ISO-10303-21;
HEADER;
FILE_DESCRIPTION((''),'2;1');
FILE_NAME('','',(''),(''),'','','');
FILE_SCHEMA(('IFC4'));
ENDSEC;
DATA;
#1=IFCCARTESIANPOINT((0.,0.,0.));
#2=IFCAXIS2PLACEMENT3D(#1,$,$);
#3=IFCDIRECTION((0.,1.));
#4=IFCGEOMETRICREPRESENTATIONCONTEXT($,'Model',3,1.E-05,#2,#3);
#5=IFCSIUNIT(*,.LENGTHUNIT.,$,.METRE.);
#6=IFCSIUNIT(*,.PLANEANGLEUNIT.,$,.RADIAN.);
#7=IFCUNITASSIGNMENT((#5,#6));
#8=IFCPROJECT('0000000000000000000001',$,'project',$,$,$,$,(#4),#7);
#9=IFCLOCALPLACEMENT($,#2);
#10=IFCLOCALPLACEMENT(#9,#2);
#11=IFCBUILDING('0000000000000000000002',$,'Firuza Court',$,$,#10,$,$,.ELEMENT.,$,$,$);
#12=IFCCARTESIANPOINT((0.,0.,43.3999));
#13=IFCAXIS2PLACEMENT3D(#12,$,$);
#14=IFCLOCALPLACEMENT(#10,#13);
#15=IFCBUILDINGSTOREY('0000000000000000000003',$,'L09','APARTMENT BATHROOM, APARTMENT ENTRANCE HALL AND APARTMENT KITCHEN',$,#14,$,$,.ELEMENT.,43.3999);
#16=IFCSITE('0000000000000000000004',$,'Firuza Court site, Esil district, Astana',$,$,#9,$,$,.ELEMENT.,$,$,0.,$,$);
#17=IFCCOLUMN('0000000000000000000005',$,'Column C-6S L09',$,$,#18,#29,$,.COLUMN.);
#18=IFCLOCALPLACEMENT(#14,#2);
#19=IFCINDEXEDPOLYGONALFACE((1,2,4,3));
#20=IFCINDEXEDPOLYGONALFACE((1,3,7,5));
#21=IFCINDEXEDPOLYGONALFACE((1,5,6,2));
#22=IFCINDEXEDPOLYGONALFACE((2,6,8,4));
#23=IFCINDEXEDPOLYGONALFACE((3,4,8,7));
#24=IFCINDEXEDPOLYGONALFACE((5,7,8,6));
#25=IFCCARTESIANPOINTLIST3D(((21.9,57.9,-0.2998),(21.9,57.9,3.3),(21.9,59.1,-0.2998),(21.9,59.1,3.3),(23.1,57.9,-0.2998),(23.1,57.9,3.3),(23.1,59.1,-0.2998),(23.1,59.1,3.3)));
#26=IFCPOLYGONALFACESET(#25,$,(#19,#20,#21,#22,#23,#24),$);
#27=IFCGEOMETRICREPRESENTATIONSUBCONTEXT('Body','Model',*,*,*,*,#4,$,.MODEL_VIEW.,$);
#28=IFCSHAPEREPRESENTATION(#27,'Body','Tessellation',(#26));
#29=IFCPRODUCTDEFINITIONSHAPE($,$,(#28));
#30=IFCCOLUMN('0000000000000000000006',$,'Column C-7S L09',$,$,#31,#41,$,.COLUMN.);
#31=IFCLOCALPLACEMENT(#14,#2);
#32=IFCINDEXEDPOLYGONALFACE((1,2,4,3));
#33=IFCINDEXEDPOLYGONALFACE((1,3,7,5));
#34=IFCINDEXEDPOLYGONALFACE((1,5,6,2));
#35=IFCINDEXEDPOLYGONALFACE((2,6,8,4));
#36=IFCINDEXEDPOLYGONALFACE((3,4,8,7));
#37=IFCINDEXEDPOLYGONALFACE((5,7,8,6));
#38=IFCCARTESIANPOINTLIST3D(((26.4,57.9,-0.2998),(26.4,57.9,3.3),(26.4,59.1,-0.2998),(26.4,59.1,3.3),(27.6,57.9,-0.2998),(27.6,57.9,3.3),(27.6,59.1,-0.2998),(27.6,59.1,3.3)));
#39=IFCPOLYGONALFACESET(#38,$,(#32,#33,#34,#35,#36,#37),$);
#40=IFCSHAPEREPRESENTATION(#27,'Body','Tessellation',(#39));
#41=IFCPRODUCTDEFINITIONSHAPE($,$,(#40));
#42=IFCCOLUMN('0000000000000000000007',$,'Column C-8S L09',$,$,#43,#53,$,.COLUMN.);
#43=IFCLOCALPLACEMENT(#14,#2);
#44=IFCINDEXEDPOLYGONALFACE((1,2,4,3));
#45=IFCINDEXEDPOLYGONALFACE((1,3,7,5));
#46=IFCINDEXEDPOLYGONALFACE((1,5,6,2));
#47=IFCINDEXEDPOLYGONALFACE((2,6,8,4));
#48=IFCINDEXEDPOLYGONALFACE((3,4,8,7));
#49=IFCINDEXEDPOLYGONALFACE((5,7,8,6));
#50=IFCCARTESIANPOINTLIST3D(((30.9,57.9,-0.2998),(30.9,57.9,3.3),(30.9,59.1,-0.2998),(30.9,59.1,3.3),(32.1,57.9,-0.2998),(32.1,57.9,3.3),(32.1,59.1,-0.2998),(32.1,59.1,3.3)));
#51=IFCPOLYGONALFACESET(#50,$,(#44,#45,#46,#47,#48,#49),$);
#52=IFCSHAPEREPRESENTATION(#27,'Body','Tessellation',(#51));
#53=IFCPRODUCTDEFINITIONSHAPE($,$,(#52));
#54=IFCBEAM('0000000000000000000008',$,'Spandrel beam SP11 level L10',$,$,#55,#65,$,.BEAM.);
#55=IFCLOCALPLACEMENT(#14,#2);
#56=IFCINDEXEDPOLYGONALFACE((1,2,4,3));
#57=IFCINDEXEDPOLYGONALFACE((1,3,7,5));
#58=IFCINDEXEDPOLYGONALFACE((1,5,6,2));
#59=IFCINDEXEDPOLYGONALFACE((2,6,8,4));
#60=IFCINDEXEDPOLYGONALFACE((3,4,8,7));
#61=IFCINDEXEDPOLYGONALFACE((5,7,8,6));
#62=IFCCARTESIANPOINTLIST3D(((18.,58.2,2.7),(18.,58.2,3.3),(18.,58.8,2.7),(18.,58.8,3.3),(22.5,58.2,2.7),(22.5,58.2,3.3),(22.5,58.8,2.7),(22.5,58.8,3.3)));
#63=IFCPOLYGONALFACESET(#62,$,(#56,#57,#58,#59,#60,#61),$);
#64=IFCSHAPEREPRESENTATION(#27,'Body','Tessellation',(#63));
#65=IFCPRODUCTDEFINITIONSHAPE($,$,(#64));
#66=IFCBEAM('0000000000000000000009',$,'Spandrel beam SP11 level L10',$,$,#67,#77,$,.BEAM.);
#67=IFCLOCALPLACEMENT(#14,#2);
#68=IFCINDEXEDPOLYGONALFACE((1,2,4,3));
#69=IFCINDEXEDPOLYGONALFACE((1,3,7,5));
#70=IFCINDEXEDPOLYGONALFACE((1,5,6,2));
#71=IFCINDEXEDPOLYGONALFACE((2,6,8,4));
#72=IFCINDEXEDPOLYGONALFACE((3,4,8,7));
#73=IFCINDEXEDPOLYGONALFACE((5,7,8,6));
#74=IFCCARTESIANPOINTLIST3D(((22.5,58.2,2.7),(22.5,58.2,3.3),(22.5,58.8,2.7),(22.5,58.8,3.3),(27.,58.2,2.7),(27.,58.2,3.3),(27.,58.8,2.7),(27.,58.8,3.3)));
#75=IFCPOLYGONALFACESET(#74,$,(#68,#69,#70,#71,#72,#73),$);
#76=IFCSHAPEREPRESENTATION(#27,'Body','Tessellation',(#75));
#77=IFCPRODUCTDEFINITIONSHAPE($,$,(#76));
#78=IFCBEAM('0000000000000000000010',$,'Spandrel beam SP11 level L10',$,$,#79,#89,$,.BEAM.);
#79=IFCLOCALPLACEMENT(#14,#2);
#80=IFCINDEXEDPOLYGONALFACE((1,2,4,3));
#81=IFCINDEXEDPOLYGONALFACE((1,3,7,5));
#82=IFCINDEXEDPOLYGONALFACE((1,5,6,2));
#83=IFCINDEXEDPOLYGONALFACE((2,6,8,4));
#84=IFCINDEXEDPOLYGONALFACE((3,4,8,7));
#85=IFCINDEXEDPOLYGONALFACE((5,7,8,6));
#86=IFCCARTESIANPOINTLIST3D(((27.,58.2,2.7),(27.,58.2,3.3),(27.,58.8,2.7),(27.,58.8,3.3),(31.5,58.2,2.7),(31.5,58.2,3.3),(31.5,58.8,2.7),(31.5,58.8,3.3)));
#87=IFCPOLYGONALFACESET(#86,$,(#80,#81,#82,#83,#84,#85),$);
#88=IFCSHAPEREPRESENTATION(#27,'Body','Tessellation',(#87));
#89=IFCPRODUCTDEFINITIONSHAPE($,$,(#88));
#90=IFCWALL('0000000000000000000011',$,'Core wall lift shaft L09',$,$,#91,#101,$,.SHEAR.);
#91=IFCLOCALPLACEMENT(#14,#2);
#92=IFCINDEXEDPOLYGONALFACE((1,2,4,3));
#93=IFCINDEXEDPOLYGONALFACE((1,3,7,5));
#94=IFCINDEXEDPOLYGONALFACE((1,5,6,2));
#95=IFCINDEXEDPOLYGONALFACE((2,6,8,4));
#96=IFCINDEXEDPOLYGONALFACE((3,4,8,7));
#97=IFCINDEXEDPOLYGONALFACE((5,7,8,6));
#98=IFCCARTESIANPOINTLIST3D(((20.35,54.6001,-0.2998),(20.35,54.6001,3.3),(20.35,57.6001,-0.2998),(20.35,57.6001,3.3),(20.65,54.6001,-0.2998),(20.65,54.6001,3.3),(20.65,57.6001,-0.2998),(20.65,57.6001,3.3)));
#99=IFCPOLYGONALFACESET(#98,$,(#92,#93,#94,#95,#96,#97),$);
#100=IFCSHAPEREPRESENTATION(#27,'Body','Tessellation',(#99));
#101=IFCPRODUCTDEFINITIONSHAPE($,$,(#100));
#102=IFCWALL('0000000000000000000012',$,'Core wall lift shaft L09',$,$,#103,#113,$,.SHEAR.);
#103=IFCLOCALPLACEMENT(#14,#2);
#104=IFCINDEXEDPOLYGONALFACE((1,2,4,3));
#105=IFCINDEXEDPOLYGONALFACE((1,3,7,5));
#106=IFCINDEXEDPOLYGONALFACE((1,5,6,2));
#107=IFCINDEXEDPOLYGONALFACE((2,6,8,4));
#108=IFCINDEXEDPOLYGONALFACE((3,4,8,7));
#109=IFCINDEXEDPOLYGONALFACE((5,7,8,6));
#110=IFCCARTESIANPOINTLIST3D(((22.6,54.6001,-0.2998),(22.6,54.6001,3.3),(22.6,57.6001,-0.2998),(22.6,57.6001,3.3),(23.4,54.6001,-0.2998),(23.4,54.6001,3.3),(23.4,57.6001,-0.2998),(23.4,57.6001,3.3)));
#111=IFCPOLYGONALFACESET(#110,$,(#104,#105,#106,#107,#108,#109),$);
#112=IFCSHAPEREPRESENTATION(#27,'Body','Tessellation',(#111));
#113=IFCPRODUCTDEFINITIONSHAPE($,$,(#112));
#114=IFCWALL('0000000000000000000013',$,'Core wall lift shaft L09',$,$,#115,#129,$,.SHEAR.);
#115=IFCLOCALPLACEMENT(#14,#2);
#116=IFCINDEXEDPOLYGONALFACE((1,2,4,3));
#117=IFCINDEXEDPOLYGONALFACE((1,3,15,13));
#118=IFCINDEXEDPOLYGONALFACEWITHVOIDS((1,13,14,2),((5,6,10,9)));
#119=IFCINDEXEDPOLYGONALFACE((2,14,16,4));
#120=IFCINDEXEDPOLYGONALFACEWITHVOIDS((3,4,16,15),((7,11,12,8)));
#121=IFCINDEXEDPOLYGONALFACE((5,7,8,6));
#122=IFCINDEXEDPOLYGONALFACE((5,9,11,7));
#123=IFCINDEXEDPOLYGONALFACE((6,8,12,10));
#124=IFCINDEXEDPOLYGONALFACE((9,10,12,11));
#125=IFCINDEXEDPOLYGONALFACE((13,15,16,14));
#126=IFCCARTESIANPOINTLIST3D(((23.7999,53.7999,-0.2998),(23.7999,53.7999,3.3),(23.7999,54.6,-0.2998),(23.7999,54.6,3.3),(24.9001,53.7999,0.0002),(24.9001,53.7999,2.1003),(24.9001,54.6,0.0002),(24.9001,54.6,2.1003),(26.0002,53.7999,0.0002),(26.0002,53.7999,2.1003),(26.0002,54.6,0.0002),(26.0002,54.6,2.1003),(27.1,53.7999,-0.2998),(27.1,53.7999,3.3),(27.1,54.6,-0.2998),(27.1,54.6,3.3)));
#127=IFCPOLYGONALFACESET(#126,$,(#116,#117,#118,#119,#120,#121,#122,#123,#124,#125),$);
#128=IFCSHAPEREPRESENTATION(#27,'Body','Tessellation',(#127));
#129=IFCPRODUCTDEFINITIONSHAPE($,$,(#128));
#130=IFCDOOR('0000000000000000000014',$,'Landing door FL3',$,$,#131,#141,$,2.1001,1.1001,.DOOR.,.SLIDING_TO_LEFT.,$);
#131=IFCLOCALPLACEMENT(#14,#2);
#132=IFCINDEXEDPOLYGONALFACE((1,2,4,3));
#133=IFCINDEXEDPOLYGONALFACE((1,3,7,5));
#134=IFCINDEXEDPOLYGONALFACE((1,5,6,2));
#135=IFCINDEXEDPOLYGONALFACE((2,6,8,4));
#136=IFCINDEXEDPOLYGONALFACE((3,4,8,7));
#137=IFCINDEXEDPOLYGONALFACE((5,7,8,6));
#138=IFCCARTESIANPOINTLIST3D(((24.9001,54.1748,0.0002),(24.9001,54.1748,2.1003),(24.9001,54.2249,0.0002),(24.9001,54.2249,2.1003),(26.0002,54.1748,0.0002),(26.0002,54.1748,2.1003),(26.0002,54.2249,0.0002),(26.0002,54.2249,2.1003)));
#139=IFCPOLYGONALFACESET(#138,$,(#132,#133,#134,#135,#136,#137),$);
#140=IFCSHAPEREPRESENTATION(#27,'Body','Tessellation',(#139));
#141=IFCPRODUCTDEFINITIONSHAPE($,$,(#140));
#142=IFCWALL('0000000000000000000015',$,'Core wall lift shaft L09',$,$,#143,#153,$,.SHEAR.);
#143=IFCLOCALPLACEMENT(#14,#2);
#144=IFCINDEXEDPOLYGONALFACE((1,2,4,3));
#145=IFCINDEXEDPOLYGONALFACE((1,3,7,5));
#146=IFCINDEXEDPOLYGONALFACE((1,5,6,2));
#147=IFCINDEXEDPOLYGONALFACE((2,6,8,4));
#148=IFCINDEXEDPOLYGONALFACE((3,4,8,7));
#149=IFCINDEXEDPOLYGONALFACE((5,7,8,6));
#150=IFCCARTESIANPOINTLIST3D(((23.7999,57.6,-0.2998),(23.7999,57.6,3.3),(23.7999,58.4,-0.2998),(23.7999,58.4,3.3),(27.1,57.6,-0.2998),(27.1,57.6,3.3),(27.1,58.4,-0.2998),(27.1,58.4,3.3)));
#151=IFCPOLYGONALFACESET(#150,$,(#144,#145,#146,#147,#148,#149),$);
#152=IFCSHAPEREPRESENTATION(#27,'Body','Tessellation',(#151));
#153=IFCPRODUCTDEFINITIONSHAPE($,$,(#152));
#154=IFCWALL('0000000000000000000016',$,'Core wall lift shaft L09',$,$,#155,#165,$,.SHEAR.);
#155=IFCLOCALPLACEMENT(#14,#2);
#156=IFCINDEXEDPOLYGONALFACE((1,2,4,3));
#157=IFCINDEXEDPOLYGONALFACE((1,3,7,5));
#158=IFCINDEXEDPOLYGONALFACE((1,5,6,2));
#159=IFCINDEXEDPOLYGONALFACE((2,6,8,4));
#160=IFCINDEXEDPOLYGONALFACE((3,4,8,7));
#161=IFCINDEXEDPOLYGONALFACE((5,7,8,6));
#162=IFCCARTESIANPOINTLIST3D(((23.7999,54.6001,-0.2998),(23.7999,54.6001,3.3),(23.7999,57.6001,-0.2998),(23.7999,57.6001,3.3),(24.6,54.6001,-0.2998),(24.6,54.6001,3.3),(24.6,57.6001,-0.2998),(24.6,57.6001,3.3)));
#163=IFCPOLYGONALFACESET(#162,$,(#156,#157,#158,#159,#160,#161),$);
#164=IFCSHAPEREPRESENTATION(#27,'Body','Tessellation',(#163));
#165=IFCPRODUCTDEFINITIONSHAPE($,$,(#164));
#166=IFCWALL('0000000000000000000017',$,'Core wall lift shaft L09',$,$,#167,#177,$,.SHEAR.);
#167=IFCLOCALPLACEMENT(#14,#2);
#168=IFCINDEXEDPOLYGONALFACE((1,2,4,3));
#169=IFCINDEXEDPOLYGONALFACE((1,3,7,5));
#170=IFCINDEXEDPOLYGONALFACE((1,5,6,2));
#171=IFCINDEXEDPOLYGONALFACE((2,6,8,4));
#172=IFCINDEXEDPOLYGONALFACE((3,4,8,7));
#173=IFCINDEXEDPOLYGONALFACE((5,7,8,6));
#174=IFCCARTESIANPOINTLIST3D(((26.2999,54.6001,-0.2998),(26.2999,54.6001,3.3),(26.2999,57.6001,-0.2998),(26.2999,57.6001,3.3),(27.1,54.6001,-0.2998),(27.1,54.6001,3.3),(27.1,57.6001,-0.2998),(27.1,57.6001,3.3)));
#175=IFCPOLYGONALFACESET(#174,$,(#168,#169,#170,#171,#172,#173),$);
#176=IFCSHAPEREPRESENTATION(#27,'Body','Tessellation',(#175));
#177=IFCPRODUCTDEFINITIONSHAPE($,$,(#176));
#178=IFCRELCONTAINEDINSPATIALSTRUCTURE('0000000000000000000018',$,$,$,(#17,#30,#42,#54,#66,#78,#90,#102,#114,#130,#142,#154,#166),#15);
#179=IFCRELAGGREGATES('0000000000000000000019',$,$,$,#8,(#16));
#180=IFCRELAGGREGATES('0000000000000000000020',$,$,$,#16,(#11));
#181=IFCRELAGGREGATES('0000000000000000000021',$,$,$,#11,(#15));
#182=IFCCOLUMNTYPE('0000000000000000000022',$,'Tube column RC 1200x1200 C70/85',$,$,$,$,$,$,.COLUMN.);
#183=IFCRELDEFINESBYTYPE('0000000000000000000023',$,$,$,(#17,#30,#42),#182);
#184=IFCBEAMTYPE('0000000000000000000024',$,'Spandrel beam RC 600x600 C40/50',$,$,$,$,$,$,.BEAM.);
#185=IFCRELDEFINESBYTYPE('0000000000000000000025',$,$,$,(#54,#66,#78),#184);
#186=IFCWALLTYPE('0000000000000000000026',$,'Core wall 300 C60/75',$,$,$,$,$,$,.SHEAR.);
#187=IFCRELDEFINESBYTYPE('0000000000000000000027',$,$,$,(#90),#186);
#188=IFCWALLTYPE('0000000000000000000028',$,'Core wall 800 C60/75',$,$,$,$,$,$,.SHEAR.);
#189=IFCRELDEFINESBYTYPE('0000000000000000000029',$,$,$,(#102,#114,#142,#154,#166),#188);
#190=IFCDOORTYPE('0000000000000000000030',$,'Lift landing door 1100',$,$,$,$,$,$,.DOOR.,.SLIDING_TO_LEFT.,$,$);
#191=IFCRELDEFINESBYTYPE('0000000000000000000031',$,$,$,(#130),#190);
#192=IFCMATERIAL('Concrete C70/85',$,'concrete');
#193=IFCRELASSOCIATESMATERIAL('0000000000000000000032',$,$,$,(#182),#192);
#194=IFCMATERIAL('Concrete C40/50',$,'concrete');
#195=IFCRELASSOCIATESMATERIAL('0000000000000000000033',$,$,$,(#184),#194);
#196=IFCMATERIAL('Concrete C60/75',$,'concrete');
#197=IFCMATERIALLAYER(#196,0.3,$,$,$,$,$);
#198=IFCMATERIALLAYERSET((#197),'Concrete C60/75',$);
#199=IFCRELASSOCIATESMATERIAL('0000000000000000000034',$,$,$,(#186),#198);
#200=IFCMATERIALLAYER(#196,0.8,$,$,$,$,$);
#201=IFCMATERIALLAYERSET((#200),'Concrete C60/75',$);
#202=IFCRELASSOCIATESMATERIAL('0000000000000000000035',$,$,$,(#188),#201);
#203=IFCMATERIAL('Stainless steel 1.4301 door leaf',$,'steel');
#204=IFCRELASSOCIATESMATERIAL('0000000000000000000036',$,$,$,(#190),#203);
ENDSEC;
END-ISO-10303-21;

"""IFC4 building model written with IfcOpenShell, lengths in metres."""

from ifc_helpers import new_model, si_unit, direction, frame, frame_2d, origin, origin_2d, place, context, subcontext, project, spatial, rectangle, extrude, material, layer, layer_set, material_profile, profile_set, type_object, element, fill, save


model = new_model("IFC4")

# Units and contexts
model_context = context("Model", 3, precision=1e-05, world=origin(), true_north=direction((0.0, 1.0)))
body_context = subcontext(model_context, "Body", "Model", "MODEL_VIEW")
ifc_project = project(units=[si_unit("LENGTHUNIT", "METRE"), si_unit("PLANEANGLEUNIT", "RADIAN")], contexts=[model_context])

# Site, building, storey
site_placement = place(None, origin())
site = spatial("IfcSite", under=ifc_project, at=site_placement, Name="Firuza Court site, Esil district, Astana", CompositionType="ELEMENT", RefElevation=0.0)
building_placement = place(site_placement, origin())
building = spatial("IfcBuilding", under=site, at=building_placement, Name="Firuza Court", CompositionType="ELEMENT")
storey_placement = place(building_placement, frame((0.0, 0.0, 43.3999)))
storey = spatial("IfcBuildingStorey", under=building, at=storey_placement, Name="L09", Description="APARTMENT BATHROOM, APARTMENT ENTRANCE HALL AND APARTMENT KITCHEN", CompositionType="ELEMENT", Elevation=43.3999)

# Columns
ifc_material_1 = material(Name="Concrete C70/85", Category="concrete")
ifc_material_profile_1 = material_profile(ifc_material_1, rectangle(XDim=1.2, YDim=1.2, at=origin_2d()), Name="RC 1200x1200")
ifc_profile_set_1 = profile_set([ifc_material_profile_1], Name="Concrete C70/85")
column_type = type_object("IfcColumnType", Name="Tube column RC 1200x1200 C70/85", PredefinedType="COLUMN", material=ifc_profile_set_1)
for number, where, z_axis, x_axis, name in (
    (1, (22.5, 58.5, -0.2998), (0.0, 0.0, 1.0), (1.0, 0.0, 0.0), "Column C-6S L09"),
    (2, (27.0, 58.5, -0.2998), (0.0, 0.0, 1.0), (1.0, 0.0, 0.0), "Column C-7S L09"),
    (3, (31.5, 58.5, -0.2998), (0.0, 0.0, 1.0), (1.0, 0.0, 0.0), "Column C-8S L09"),
):
    element("IfcColumn", number, at=place(storey_placement, frame(where, z_axis=z_axis, x_axis=x_axis)), inside=storey, type_object=column_type, Name=name, PredefinedType="COLUMN", context=body_context, shape_type="SweptSolid", body=[
        extrude(rectangle(XDim=1.2, YDim=1.2, at=origin_2d()), origin(), (0.0, 0.0, 1.0), 3.5999),
    ])

# Beams
ifc_material_2 = material(Name="Concrete C40/50", Category="concrete")
ifc_material_profile_2 = material_profile(ifc_material_2, rectangle(XDim=0.6001, YDim=0.6001, at=origin_2d()), Name="RC 600x600")
ifc_profile_set_2 = profile_set([ifc_material_profile_2], Name="Concrete C40/50")
beam_type = type_object("IfcBeamType", Name="Spandrel beam RC 600x600 C40/50", PredefinedType="BEAM", material=ifc_profile_set_2)
for number, where, z_axis, x_axis, name in (
    (4, (22.5, 58.5, 3.0), (-1.0, 0.0, 0.0), (0.0, -1.0, 0.0), "Spandrel beam SP11 level L10"),
    (5, (27.0, 58.5, 3.0), (-1.0, 0.0, 0.0), (0.0, -1.0, 0.0), "Spandrel beam SP11 level L10"),
    (6, (31.5, 58.5, 3.0), (-1.0, 0.0, 0.0), (0.0, -1.0, 0.0), "Spandrel beam SP11 level L10"),
):
    element("IfcBeam", number, at=place(storey_placement, frame(where, z_axis=z_axis, x_axis=x_axis)), inside=storey, type_object=beam_type, Name=name, PredefinedType="BEAM", context=body_context, shape_type="SweptSolid", body=[
        extrude(rectangle(XDim=0.6001, YDim=0.6001, at=origin_2d()), origin(), (0.0, 0.0, 1.0), 4.5),
    ])

# Walls
ifc_material_3 = material(Name="Concrete C60/75", Category="concrete")
ifc_layer_1 = layer(ifc_material_3, 0.3)
ifc_layer_set_1 = layer_set([ifc_layer_1], Name="Concrete C60/75")
wall_type_1 = type_object("IfcWallType", Name="Core wall 300 C60/75", PredefinedType="SHEAR", material=ifc_layer_set_1)
wall_1_placement = place(storey_placement, frame((20.5, 54.6001, -0.2998), z_axis=(0.0, 0.0, 1.0), x_axis=(0.0, 1.0, 0.0)))
element("IfcWall", 7, at=wall_1_placement, inside=storey, type_object=wall_type_1, Name="Core wall lift shaft L09", PredefinedType="SHEAR", context=body_context, shape_type="SweptSolid", body=[
    extrude(rectangle(XDim=3.0, YDim=0.3, at=frame_2d((1.5, 0.0))), origin(), (0.0, 0.0, 1.0), 3.5999),
])
ifc_layer_2 = layer(ifc_material_3, 0.8)
ifc_layer_set_2 = layer_set([ifc_layer_2], Name="Concrete C60/75")
wall_type_2 = type_object("IfcWallType", Name="Core wall 800 C60/75", PredefinedType="SHEAR", material=ifc_layer_set_2)
wall_2_placement = place(storey_placement, frame((23.0, 54.6001, -0.2998), z_axis=(0.0, 0.0, 1.0), x_axis=(0.0, 1.0, 0.0)))
element("IfcWall", 8, at=wall_2_placement, inside=storey, type_object=wall_type_2, Name="Core wall lift shaft L09", PredefinedType="SHEAR", context=body_context, shape_type="SweptSolid", body=[
    extrude(rectangle(XDim=3.0, YDim=0.8, at=frame_2d((1.5, 0.0))), origin(), (0.0, 0.0, 1.0), 3.5999),
])

# Wall, opening, door
wall_3_placement = place(storey_placement, frame((23.8, 54.2, -0.2998), z_axis=(0.0, 0.0, 1.0), x_axis=(1.0, 0.0, 0.0)))
wall_3 = element("IfcWall", 9, at=wall_3_placement, inside=storey, type_object=wall_type_2, Name="Core wall lift shaft L09", PredefinedType="SHEAR", context=body_context, shape_type="SweptSolid", body=[
    extrude(rectangle(XDim=3.3, YDim=0.8, at=frame_2d((1.6499, 0.0))), origin(), (0.0, 0.0, 1.0), 3.5999),
])
opening_1_placement = place(wall_3_placement, frame((1.1001, 0.0, 0.3)))
opening_1 = element("IfcOpeningElement", 10, at=opening_1_placement, cuts=wall_3, PredefinedType="OPENING", context=body_context, shape_type="SweptSolid", body=[
    extrude(rectangle(XDim=1.1001, YDim=2.1001, at=frame_2d((0.55, 1.05))), frame((0.0, 0.4121, 0.0), z_axis=(0.0, -1.0, 0.0), x_axis=(1.0, 0.0, 0.0)), (0.0, 0.0, 1.0), 0.824),
])
ifc_material_4 = material(Name="Stainless steel 1.4301 door leaf", Category="steel")
door_type_1 = type_object("IfcDoorType", Name="Lift landing door 1100", OperationType="SLIDING_TO_LEFT", PredefinedType="DOOR", material=ifc_material_4)
door_1_placement = place(opening_1_placement, origin())
door_1 = element("IfcDoor", 11, at=door_1_placement, inside=storey, type_object=door_type_1, Name="Landing door FL3", OperationType="SLIDING_TO_LEFT", OverallHeight=2.1001, OverallWidth=1.1001, PredefinedType="DOOR", context=body_context, shape_type="SweptSolid", body=[
    extrude(rectangle(XDim=1.1001, YDim=2.1001, at=frame_2d((0.55, 1.05))), frame((0.0, 0.0249, 0.0), z_axis=(0.0, -1.0, 0.0), x_axis=(1.0, 0.0, 0.0)), (0.0, 0.0, 1.0), 0.05),
])
fill(opening_1, door_1)

# Walls
wall_4_placement = place(storey_placement, frame((23.8, 58.0, -0.2998), z_axis=(0.0, 0.0, 1.0), x_axis=(1.0, 0.0, 0.0)))
element("IfcWall", 12, at=wall_4_placement, inside=storey, type_object=wall_type_2, Name="Core wall lift shaft L09", PredefinedType="SHEAR", context=body_context, shape_type="SweptSolid", body=[
    extrude(rectangle(XDim=3.3, YDim=0.8, at=frame_2d((1.6499, 0.0))), origin(), (0.0, 0.0, 1.0), 3.5999),
])
for number, where, z_axis, x_axis, name in (
    (13, (24.2, 54.6001, -0.2998), (0.0, 0.0, 1.0), (0.0, 1.0, 0.0), "Core wall lift shaft L09"),
    (14, (26.7, 54.6001, -0.2998), (0.0, 0.0, 1.0), (0.0, 1.0, 0.0), "Core wall lift shaft L09"),
):
    element("IfcWall", number, at=place(storey_placement, frame(where, z_axis=z_axis, x_axis=x_axis)), inside=storey, type_object=wall_type_2, Name=name, PredefinedType="SHEAR", context=body_context, shape_type="SweptSolid", body=[
        extrude(rectangle(XDim=3.0, YDim=0.8, at=frame_2d((1.5, 0.0))), origin(), (0.0, 0.0, 1.0), 3.5999),
    ])

save(model, "model.ifc")
